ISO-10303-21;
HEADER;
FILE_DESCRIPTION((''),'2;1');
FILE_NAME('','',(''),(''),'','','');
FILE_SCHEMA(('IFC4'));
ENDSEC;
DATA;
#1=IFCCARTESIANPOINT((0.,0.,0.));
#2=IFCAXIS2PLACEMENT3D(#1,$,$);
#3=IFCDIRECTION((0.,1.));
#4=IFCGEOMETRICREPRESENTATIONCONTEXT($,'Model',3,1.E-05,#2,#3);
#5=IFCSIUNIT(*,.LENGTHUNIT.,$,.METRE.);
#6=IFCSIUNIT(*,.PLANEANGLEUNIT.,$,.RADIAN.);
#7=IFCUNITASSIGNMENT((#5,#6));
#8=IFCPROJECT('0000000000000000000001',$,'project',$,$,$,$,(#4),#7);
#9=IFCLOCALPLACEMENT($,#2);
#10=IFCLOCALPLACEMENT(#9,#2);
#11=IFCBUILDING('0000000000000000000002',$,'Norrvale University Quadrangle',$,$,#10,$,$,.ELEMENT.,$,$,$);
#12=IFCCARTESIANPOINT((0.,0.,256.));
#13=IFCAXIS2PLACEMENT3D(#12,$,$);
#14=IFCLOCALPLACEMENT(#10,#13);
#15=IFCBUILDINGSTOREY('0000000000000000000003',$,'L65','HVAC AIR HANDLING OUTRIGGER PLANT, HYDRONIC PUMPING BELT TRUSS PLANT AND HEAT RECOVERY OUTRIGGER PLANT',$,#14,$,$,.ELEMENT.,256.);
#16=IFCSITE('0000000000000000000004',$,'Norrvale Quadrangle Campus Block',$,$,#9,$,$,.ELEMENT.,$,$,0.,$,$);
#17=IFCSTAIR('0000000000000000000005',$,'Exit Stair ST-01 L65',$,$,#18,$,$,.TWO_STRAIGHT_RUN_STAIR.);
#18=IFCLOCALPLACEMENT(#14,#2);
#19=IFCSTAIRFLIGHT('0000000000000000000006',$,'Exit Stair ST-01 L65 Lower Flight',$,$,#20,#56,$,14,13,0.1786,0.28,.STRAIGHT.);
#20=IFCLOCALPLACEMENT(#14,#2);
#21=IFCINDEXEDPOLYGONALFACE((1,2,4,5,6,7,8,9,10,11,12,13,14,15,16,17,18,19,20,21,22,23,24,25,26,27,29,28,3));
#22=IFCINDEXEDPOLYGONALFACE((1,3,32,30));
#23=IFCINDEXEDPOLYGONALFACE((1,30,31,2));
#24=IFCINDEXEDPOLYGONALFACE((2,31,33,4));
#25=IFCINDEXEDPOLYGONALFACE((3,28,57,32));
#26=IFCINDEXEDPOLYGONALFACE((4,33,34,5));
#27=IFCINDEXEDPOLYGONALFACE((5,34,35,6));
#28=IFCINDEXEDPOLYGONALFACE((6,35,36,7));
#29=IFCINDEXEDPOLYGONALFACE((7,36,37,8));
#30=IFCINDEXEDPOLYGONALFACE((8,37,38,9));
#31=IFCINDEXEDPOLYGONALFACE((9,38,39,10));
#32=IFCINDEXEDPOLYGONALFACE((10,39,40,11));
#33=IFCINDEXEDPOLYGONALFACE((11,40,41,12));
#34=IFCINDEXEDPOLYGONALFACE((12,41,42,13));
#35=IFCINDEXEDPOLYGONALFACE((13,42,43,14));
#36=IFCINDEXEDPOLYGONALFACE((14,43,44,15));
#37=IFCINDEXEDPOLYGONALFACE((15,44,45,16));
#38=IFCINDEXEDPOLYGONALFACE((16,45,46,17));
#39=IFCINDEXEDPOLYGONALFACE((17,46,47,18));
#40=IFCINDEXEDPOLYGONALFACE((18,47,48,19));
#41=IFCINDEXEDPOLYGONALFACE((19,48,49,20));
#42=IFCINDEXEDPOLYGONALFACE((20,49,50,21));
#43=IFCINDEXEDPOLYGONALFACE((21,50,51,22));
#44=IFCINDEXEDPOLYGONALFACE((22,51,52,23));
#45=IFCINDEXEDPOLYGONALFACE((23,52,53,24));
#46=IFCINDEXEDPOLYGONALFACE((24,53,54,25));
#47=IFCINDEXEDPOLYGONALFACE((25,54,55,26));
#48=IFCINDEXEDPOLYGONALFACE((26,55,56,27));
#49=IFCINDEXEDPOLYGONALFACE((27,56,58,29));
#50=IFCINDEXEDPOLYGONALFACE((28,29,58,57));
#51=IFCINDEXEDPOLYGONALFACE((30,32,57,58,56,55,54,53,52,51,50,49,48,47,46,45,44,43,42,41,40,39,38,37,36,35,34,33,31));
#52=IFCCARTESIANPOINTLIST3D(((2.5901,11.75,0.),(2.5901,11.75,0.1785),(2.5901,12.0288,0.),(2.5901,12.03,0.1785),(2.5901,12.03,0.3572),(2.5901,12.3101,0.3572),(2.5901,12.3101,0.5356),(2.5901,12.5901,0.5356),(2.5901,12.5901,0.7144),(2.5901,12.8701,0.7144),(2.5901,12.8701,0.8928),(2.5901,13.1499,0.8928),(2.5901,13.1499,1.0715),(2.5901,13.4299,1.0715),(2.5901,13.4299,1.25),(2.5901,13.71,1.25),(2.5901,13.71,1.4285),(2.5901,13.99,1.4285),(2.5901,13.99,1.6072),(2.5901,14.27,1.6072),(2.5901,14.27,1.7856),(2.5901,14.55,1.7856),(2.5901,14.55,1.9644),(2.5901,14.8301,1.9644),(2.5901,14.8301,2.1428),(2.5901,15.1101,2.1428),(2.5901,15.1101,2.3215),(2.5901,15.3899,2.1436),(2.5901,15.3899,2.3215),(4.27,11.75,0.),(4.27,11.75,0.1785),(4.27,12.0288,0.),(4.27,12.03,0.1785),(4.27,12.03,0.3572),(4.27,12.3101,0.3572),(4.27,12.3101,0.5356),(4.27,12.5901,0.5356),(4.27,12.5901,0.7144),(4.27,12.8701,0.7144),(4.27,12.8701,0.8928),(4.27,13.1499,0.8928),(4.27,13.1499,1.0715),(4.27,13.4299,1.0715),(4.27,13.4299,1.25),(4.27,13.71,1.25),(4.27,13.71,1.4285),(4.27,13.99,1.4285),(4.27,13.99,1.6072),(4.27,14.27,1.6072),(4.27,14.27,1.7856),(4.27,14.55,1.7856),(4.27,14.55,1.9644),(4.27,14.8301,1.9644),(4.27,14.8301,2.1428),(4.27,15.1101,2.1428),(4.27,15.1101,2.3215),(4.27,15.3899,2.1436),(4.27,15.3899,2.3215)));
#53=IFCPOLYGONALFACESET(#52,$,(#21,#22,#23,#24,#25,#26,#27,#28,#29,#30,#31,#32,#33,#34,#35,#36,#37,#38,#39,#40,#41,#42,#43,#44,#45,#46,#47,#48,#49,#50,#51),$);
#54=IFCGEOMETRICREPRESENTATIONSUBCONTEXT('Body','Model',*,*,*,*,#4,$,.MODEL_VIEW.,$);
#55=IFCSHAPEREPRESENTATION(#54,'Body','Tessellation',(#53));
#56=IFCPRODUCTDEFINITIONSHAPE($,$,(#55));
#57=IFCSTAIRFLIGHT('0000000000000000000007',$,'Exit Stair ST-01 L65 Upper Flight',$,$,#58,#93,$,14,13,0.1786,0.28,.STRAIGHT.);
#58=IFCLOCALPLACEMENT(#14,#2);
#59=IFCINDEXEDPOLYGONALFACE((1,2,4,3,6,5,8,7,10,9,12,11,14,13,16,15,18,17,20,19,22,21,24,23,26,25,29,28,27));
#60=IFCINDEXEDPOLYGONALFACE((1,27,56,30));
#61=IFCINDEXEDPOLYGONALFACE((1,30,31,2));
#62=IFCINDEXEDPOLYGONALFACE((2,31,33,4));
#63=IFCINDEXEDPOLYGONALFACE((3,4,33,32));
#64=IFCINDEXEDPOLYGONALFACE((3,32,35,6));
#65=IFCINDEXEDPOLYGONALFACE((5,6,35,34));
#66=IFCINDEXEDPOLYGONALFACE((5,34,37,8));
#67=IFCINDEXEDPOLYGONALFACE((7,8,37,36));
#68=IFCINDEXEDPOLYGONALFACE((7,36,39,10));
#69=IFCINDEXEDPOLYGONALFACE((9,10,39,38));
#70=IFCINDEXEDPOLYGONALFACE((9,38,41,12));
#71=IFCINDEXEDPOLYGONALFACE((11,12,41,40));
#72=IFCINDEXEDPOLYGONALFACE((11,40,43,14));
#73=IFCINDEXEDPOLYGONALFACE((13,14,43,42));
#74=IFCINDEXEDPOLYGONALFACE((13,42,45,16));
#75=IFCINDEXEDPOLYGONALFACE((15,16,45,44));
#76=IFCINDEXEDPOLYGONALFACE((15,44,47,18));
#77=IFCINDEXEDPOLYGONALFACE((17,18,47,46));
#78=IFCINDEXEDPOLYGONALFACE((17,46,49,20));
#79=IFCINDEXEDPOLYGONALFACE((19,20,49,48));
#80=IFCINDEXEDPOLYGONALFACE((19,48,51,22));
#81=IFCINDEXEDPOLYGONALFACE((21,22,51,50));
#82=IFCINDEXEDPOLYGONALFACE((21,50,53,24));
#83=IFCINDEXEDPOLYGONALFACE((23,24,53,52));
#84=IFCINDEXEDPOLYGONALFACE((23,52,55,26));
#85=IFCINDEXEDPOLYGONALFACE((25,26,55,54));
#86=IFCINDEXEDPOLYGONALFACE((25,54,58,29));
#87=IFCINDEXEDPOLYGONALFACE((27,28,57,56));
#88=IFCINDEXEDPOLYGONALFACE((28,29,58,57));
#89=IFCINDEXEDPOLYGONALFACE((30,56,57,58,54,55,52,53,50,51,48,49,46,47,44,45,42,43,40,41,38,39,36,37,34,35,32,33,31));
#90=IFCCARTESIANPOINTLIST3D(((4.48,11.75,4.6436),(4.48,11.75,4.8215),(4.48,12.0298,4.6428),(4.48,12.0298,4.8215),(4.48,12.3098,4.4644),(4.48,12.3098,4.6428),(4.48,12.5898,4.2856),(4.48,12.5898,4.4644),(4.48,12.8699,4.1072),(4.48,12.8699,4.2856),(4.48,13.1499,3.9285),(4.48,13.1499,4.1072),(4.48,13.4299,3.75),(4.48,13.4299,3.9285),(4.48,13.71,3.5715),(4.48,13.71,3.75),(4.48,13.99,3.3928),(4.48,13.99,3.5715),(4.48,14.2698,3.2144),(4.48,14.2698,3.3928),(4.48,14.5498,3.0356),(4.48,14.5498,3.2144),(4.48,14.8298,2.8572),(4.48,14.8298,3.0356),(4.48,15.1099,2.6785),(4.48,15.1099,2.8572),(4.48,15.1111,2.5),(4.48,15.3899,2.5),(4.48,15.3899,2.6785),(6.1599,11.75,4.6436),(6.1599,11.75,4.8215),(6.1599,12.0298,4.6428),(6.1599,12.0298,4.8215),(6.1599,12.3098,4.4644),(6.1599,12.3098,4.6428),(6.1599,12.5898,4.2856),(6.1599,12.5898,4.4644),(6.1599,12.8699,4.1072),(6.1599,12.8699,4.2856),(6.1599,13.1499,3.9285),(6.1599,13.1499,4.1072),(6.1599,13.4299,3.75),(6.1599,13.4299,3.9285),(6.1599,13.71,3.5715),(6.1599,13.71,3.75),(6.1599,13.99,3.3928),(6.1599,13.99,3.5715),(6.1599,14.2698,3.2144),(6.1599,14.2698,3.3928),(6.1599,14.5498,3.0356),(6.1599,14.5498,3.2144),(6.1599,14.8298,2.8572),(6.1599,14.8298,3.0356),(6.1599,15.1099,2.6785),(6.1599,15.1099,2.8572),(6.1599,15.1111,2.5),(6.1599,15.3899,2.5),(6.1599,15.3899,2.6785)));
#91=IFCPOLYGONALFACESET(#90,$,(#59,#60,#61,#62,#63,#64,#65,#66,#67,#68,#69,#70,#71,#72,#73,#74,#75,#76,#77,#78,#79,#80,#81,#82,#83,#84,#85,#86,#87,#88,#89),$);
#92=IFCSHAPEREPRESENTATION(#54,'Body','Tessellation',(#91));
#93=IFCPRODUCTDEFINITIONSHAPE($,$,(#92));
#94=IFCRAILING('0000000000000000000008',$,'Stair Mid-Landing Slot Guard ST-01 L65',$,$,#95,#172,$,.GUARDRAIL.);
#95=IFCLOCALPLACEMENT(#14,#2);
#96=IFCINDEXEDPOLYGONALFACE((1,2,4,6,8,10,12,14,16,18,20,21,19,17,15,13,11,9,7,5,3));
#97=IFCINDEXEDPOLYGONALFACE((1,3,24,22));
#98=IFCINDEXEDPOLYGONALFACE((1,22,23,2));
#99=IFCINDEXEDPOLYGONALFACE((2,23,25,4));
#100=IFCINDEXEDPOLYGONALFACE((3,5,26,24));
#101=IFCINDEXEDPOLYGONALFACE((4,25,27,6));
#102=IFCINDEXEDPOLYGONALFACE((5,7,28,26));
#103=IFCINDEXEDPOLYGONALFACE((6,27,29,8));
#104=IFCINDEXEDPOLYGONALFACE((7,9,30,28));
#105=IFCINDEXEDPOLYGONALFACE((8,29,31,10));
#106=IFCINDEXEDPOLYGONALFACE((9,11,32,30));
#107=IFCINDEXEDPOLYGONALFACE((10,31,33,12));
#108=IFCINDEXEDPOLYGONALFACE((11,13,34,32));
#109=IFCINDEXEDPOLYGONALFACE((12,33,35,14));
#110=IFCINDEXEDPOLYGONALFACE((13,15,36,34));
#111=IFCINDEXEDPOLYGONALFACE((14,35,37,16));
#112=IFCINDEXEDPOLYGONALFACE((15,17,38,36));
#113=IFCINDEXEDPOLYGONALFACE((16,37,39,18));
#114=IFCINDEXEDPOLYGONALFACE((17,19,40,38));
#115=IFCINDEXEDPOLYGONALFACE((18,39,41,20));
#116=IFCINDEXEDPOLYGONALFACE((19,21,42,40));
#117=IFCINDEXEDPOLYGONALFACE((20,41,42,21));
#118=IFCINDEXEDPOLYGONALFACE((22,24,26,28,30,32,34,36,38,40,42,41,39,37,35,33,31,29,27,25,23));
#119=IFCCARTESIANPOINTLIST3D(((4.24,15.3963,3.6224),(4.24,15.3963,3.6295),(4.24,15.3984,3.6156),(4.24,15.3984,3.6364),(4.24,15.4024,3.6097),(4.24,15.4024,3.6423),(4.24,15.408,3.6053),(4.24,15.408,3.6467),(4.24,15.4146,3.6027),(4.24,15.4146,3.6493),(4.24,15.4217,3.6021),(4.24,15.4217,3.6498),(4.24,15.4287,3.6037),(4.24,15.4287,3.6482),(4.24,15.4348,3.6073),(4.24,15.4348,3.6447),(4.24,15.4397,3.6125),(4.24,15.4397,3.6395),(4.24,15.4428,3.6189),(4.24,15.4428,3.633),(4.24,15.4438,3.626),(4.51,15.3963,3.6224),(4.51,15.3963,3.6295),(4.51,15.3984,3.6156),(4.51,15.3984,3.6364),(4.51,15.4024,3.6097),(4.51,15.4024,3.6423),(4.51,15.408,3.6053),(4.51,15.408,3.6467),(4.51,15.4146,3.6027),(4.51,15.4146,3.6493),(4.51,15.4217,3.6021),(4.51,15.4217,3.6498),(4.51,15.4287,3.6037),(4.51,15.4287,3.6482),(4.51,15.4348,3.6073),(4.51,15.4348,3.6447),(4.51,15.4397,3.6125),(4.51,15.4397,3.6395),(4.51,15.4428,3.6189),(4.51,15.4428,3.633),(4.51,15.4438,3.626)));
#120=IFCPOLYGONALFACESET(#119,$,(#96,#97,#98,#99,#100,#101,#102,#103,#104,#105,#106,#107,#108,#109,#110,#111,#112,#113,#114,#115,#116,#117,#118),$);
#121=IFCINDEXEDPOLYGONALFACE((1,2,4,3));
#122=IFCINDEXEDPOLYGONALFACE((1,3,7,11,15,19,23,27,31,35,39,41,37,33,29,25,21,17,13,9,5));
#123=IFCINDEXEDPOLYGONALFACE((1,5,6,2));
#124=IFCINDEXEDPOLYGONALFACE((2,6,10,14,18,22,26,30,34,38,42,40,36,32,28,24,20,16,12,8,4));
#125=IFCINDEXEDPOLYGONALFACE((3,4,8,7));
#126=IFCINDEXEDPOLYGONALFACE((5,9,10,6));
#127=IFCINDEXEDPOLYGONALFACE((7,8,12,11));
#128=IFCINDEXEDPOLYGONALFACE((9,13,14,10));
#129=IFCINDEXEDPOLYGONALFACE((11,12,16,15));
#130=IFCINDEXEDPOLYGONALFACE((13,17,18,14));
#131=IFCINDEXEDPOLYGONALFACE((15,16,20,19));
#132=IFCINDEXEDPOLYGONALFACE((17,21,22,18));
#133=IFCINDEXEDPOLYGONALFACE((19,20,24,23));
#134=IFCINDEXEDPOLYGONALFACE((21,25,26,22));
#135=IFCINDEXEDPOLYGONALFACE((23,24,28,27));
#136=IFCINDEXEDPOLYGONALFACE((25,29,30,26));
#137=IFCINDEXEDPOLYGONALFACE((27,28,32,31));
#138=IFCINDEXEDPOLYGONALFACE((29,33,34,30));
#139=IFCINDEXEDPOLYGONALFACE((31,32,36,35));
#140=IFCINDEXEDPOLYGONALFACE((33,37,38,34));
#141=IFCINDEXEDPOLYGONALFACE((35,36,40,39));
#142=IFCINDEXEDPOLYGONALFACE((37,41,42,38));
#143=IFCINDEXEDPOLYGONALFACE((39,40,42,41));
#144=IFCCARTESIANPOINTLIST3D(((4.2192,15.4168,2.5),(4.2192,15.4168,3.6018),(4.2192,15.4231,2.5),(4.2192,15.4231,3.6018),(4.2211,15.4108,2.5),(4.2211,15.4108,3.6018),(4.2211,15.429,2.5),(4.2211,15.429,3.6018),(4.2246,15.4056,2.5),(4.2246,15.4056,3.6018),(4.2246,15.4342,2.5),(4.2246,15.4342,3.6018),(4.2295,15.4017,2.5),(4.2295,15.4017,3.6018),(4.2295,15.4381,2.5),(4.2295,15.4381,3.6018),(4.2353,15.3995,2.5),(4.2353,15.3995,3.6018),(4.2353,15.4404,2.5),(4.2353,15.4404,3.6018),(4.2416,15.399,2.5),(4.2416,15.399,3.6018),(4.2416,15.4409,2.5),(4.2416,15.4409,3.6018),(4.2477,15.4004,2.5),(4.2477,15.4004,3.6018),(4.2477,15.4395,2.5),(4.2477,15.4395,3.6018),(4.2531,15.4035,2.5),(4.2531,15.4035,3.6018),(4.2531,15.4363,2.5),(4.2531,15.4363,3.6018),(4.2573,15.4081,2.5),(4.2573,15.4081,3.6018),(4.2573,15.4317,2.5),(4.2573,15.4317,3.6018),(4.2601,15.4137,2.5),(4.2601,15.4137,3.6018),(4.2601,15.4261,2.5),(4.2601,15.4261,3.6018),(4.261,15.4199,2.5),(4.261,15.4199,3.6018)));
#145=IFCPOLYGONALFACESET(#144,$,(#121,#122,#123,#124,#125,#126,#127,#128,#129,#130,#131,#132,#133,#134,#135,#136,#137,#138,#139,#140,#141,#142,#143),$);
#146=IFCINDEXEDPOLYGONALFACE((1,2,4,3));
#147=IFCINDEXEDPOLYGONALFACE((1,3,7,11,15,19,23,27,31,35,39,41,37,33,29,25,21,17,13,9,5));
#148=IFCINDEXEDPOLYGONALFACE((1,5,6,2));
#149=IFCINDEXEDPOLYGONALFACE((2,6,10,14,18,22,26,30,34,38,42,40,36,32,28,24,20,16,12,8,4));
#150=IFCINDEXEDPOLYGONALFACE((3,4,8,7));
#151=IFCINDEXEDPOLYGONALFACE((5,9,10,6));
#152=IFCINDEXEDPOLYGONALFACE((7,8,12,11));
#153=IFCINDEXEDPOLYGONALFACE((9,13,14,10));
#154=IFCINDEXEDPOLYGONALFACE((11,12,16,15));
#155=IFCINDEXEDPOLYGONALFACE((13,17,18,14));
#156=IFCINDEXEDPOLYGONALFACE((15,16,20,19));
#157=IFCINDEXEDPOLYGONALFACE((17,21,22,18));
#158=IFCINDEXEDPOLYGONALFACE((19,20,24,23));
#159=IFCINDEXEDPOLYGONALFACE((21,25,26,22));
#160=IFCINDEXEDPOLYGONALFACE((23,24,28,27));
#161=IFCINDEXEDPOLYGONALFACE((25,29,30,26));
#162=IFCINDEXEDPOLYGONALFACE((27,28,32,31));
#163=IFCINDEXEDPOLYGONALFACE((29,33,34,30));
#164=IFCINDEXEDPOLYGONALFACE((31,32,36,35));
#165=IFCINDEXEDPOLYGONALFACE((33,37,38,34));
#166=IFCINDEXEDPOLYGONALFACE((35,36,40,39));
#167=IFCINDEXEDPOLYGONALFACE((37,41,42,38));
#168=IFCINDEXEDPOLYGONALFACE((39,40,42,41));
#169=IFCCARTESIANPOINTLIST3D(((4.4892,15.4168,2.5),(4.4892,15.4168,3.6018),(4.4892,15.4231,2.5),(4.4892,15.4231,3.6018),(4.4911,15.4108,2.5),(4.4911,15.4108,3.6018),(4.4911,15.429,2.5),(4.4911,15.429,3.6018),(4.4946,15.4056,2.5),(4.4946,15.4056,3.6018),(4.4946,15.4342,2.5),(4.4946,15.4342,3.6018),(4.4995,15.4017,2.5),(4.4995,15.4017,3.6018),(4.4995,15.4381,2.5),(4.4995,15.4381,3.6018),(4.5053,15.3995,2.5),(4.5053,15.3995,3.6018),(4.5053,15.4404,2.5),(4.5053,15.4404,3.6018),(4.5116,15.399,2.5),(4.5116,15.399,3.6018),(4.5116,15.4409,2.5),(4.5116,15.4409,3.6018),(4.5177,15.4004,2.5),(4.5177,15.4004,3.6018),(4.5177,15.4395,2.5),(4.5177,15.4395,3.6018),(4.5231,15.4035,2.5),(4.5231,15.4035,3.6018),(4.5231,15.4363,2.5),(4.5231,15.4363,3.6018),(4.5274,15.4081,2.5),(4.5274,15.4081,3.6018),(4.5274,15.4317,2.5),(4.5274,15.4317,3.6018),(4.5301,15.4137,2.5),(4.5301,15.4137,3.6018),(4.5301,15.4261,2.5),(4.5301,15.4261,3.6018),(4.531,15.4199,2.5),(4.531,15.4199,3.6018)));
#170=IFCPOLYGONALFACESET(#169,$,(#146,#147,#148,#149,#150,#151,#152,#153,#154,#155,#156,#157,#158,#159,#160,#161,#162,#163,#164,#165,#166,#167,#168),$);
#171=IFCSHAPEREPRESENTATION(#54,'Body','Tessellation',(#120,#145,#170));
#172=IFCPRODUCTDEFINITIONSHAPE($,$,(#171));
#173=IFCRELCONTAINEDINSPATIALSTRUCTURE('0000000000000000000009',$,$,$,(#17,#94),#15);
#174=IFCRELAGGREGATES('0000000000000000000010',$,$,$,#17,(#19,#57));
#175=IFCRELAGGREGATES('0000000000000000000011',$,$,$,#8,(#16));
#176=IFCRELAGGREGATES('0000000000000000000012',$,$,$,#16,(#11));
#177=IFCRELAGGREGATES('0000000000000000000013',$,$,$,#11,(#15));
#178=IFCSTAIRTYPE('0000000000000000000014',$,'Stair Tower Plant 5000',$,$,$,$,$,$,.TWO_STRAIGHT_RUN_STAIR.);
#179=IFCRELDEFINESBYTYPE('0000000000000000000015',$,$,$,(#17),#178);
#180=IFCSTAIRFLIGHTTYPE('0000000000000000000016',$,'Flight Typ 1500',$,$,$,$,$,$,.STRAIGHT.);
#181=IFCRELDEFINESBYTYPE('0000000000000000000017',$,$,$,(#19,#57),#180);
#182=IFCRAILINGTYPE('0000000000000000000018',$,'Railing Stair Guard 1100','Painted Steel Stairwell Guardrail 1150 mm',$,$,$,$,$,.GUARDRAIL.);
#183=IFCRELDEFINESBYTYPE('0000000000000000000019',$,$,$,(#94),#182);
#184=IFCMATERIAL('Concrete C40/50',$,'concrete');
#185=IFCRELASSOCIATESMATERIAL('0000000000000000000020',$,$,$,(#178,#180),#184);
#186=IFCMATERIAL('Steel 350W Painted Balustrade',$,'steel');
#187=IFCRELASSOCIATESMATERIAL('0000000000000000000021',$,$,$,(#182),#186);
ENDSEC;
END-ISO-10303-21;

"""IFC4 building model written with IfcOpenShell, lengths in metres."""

from ifc_helpers import new_model, si_unit, direction, frame, origin, origin_2d, place, context, subcontext, project, spatial, polyline, circle, outline, extrude, material, type_object, element, aggregate, save


model = new_model("IFC4")

# Units and contexts
model_context = context("Model", 3, precision=1e-05, world=origin(), true_north=direction((0.0, 1.0)))
body_context = subcontext(model_context, "Body", "Model", "MODEL_VIEW")
ifc_project = project(units=[si_unit("LENGTHUNIT", "METRE"), si_unit("PLANEANGLEUNIT", "RADIAN")], contexts=[model_context])

# Site, building, storey
site_placement = place(None, origin())
site = spatial("IfcSite", under=ifc_project, at=site_placement, Name="Norrvale Quadrangle Campus Block", CompositionType="ELEMENT", RefElevation=0.0)
building_placement = place(site_placement, origin())
building = spatial("IfcBuilding", under=site, at=building_placement, Name="Norrvale University Quadrangle", CompositionType="ELEMENT")
storey_placement = place(building_placement, frame((0.0, 0.0, 256.0)))
storey = spatial("IfcBuildingStorey", under=building, at=storey_placement, Name="L65", Description="HVAC AIR HANDLING OUTRIGGER PLANT, HYDRONIC PUMPING BELT TRUSS PLANT AND HEAT RECOVERY OUTRIGGER PLANT", CompositionType="ELEMENT", Elevation=256.0)

# Stair, stair flights
ifc_material_1 = material(Name="Concrete C40/50", Category="concrete")
stair_type = type_object("IfcStairType", Name="Stair Tower Plant 5000", PredefinedType="TWO_STRAIGHT_RUN_STAIR", material=ifc_material_1)
stair_placement = place(storey_placement, origin())
stair = element("IfcStair", 1, at=stair_placement, inside=storey, type_object=stair_type, Name="Exit Stair ST-01 L65", PredefinedType="TWO_STRAIGHT_RUN_STAIR")
stair_flight_type = type_object("IfcStairFlightType", Name="Flight Typ 1500", PredefinedType="STRAIGHT", material=ifc_material_1)
stair_flight_1_placement = place(storey_placement, frame((3.4299, 11.75, 0.0), z_axis=(0.0, 0.0, 1.0), x_axis=(0.0, 1.0, 0.0)))
stair_flight_1 = element("IfcStairFlight", 2, at=stair_flight_1_placement, type_object=stair_flight_type, Name="Exit Stair ST-01 L65 Lower Flight", NumberOfRisers=14, NumberOfTreads=13, PredefinedType="STRAIGHT", RiserHeight=0.1786, TreadLength=0.28, context=body_context, shape_type="SweptSolid", body=[
    extrude(outline(polyline([(0.0, 0.0), (0.0, 0.1785), (0.28, 0.1785), (0.28, 0.3572), (0.5601, 0.3572), (0.5601, 0.5356), (0.8401, 0.5356), (0.8401, 0.7144), (1.1201, 0.7144), (1.1201, 0.8928), (1.3999, 0.8928), (1.3999, 1.0715), (1.6799, 1.0715), (1.6799, 1.25), (1.96, 1.25), (1.96, 1.4285), (2.24, 1.4285), (2.24, 1.6072), (2.52, 1.6072), (2.52, 1.7856), (2.8, 1.7856), (2.8, 1.9644), (3.0801, 1.9644), (3.0801, 2.1428), (3.3601, 2.1428), (3.3601, 2.3215), (3.6399, 2.3215), (3.6399, 2.5), (3.6399, 2.1436), (0.2788, 0.0), (0.0, 0.0)])), frame((0.0, 0.8398, 0.0), z_axis=(0.0, -1.0, 0.0), x_axis=(1.0, 0.0, 0.0)), (0.0, 0.0, 1.0), 1.6799),
])
stair_flight_2_placement = place(storey_placement, frame((5.3201, 15.3899, 2.5), z_axis=(0.0, 0.0, 1.0), x_axis=(0.0, -1.0, 0.0)))
stair_flight_2 = element("IfcStairFlight", 3, at=stair_flight_2_placement, type_object=stair_flight_type, Name="Exit Stair ST-01 L65 Upper Flight", NumberOfRisers=14, NumberOfTreads=13, PredefinedType="STRAIGHT", RiserHeight=0.1786, TreadLength=0.28, context=body_context, shape_type="SweptSolid", body=[
    extrude(outline(polyline([(0.0, 0.0), (0.0, 0.1785), (0.28, 0.1785), (0.28, 0.3572), (0.5601, 0.3572), (0.5601, 0.5356), (0.8401, 0.5356), (0.8401, 0.7144), (1.1201, 0.7144), (1.1201, 0.8928), (1.3999, 0.8928), (1.3999, 1.0715), (1.6799, 1.0715), (1.6799, 1.25), (1.96, 1.25), (1.96, 1.4285), (2.24, 1.4285), (2.24, 1.6072), (2.52, 1.6072), (2.52, 1.7856), (2.8, 1.7856), (2.8, 1.9644), (3.0801, 1.9644), (3.0801, 2.1428), (3.3601, 2.1428), (3.3601, 2.3215), (3.6399, 2.3215), (3.6399, 2.5), (3.6399, 2.1436), (0.2788, 0.0), (0.0, 0.0)])), frame((0.0, 0.8398, 0.0), z_axis=(0.0, -1.0, 0.0), x_axis=(1.0, 0.0, 0.0)), (0.0, 0.0, 1.0), 1.6799),
])
aggregate(stair, [stair_flight_1, stair_flight_2])

# Railing
ifc_material_2 = material(Name="Steel 350W Painted Balustrade", Category="steel")
railing_type_1 = type_object("IfcRailingType", Name="Railing Stair Guard 1100", Description="Painted Steel Stairwell Guardrail 1150 mm", PredefinedType="GUARDRAIL", material=ifc_material_2)
railing_1_placement = place(storey_placement, frame((4.24, 15.4199, 2.5)))
element("IfcRailing", 4, at=railing_1_placement, inside=storey, type_object=railing_type_1, Name="Stair Mid-Landing Slot Guard ST-01 L65", PredefinedType="GUARDRAIL", context=body_context, shape_type="SweptSolid", body=[
    extrude(circle(Radius=0.0239, at=origin_2d()), frame((0.0, 0.0, 1.126), z_axis=(1.0, 0.0, 0.0), x_axis=(0.0, 1.0, 0.0)), (0.0, 0.0, 1.0), 0.27),
    extrude(circle(Radius=0.021, at=origin_2d()), origin(), (0.0, 0.0, 1.0), 1.1018),
    extrude(circle(Radius=0.021, at=origin_2d()), frame((0.27, 0.0, 0.0)), (0.0, 0.0, 1.0), 1.1018),
])

save(model, "model.ifc")
